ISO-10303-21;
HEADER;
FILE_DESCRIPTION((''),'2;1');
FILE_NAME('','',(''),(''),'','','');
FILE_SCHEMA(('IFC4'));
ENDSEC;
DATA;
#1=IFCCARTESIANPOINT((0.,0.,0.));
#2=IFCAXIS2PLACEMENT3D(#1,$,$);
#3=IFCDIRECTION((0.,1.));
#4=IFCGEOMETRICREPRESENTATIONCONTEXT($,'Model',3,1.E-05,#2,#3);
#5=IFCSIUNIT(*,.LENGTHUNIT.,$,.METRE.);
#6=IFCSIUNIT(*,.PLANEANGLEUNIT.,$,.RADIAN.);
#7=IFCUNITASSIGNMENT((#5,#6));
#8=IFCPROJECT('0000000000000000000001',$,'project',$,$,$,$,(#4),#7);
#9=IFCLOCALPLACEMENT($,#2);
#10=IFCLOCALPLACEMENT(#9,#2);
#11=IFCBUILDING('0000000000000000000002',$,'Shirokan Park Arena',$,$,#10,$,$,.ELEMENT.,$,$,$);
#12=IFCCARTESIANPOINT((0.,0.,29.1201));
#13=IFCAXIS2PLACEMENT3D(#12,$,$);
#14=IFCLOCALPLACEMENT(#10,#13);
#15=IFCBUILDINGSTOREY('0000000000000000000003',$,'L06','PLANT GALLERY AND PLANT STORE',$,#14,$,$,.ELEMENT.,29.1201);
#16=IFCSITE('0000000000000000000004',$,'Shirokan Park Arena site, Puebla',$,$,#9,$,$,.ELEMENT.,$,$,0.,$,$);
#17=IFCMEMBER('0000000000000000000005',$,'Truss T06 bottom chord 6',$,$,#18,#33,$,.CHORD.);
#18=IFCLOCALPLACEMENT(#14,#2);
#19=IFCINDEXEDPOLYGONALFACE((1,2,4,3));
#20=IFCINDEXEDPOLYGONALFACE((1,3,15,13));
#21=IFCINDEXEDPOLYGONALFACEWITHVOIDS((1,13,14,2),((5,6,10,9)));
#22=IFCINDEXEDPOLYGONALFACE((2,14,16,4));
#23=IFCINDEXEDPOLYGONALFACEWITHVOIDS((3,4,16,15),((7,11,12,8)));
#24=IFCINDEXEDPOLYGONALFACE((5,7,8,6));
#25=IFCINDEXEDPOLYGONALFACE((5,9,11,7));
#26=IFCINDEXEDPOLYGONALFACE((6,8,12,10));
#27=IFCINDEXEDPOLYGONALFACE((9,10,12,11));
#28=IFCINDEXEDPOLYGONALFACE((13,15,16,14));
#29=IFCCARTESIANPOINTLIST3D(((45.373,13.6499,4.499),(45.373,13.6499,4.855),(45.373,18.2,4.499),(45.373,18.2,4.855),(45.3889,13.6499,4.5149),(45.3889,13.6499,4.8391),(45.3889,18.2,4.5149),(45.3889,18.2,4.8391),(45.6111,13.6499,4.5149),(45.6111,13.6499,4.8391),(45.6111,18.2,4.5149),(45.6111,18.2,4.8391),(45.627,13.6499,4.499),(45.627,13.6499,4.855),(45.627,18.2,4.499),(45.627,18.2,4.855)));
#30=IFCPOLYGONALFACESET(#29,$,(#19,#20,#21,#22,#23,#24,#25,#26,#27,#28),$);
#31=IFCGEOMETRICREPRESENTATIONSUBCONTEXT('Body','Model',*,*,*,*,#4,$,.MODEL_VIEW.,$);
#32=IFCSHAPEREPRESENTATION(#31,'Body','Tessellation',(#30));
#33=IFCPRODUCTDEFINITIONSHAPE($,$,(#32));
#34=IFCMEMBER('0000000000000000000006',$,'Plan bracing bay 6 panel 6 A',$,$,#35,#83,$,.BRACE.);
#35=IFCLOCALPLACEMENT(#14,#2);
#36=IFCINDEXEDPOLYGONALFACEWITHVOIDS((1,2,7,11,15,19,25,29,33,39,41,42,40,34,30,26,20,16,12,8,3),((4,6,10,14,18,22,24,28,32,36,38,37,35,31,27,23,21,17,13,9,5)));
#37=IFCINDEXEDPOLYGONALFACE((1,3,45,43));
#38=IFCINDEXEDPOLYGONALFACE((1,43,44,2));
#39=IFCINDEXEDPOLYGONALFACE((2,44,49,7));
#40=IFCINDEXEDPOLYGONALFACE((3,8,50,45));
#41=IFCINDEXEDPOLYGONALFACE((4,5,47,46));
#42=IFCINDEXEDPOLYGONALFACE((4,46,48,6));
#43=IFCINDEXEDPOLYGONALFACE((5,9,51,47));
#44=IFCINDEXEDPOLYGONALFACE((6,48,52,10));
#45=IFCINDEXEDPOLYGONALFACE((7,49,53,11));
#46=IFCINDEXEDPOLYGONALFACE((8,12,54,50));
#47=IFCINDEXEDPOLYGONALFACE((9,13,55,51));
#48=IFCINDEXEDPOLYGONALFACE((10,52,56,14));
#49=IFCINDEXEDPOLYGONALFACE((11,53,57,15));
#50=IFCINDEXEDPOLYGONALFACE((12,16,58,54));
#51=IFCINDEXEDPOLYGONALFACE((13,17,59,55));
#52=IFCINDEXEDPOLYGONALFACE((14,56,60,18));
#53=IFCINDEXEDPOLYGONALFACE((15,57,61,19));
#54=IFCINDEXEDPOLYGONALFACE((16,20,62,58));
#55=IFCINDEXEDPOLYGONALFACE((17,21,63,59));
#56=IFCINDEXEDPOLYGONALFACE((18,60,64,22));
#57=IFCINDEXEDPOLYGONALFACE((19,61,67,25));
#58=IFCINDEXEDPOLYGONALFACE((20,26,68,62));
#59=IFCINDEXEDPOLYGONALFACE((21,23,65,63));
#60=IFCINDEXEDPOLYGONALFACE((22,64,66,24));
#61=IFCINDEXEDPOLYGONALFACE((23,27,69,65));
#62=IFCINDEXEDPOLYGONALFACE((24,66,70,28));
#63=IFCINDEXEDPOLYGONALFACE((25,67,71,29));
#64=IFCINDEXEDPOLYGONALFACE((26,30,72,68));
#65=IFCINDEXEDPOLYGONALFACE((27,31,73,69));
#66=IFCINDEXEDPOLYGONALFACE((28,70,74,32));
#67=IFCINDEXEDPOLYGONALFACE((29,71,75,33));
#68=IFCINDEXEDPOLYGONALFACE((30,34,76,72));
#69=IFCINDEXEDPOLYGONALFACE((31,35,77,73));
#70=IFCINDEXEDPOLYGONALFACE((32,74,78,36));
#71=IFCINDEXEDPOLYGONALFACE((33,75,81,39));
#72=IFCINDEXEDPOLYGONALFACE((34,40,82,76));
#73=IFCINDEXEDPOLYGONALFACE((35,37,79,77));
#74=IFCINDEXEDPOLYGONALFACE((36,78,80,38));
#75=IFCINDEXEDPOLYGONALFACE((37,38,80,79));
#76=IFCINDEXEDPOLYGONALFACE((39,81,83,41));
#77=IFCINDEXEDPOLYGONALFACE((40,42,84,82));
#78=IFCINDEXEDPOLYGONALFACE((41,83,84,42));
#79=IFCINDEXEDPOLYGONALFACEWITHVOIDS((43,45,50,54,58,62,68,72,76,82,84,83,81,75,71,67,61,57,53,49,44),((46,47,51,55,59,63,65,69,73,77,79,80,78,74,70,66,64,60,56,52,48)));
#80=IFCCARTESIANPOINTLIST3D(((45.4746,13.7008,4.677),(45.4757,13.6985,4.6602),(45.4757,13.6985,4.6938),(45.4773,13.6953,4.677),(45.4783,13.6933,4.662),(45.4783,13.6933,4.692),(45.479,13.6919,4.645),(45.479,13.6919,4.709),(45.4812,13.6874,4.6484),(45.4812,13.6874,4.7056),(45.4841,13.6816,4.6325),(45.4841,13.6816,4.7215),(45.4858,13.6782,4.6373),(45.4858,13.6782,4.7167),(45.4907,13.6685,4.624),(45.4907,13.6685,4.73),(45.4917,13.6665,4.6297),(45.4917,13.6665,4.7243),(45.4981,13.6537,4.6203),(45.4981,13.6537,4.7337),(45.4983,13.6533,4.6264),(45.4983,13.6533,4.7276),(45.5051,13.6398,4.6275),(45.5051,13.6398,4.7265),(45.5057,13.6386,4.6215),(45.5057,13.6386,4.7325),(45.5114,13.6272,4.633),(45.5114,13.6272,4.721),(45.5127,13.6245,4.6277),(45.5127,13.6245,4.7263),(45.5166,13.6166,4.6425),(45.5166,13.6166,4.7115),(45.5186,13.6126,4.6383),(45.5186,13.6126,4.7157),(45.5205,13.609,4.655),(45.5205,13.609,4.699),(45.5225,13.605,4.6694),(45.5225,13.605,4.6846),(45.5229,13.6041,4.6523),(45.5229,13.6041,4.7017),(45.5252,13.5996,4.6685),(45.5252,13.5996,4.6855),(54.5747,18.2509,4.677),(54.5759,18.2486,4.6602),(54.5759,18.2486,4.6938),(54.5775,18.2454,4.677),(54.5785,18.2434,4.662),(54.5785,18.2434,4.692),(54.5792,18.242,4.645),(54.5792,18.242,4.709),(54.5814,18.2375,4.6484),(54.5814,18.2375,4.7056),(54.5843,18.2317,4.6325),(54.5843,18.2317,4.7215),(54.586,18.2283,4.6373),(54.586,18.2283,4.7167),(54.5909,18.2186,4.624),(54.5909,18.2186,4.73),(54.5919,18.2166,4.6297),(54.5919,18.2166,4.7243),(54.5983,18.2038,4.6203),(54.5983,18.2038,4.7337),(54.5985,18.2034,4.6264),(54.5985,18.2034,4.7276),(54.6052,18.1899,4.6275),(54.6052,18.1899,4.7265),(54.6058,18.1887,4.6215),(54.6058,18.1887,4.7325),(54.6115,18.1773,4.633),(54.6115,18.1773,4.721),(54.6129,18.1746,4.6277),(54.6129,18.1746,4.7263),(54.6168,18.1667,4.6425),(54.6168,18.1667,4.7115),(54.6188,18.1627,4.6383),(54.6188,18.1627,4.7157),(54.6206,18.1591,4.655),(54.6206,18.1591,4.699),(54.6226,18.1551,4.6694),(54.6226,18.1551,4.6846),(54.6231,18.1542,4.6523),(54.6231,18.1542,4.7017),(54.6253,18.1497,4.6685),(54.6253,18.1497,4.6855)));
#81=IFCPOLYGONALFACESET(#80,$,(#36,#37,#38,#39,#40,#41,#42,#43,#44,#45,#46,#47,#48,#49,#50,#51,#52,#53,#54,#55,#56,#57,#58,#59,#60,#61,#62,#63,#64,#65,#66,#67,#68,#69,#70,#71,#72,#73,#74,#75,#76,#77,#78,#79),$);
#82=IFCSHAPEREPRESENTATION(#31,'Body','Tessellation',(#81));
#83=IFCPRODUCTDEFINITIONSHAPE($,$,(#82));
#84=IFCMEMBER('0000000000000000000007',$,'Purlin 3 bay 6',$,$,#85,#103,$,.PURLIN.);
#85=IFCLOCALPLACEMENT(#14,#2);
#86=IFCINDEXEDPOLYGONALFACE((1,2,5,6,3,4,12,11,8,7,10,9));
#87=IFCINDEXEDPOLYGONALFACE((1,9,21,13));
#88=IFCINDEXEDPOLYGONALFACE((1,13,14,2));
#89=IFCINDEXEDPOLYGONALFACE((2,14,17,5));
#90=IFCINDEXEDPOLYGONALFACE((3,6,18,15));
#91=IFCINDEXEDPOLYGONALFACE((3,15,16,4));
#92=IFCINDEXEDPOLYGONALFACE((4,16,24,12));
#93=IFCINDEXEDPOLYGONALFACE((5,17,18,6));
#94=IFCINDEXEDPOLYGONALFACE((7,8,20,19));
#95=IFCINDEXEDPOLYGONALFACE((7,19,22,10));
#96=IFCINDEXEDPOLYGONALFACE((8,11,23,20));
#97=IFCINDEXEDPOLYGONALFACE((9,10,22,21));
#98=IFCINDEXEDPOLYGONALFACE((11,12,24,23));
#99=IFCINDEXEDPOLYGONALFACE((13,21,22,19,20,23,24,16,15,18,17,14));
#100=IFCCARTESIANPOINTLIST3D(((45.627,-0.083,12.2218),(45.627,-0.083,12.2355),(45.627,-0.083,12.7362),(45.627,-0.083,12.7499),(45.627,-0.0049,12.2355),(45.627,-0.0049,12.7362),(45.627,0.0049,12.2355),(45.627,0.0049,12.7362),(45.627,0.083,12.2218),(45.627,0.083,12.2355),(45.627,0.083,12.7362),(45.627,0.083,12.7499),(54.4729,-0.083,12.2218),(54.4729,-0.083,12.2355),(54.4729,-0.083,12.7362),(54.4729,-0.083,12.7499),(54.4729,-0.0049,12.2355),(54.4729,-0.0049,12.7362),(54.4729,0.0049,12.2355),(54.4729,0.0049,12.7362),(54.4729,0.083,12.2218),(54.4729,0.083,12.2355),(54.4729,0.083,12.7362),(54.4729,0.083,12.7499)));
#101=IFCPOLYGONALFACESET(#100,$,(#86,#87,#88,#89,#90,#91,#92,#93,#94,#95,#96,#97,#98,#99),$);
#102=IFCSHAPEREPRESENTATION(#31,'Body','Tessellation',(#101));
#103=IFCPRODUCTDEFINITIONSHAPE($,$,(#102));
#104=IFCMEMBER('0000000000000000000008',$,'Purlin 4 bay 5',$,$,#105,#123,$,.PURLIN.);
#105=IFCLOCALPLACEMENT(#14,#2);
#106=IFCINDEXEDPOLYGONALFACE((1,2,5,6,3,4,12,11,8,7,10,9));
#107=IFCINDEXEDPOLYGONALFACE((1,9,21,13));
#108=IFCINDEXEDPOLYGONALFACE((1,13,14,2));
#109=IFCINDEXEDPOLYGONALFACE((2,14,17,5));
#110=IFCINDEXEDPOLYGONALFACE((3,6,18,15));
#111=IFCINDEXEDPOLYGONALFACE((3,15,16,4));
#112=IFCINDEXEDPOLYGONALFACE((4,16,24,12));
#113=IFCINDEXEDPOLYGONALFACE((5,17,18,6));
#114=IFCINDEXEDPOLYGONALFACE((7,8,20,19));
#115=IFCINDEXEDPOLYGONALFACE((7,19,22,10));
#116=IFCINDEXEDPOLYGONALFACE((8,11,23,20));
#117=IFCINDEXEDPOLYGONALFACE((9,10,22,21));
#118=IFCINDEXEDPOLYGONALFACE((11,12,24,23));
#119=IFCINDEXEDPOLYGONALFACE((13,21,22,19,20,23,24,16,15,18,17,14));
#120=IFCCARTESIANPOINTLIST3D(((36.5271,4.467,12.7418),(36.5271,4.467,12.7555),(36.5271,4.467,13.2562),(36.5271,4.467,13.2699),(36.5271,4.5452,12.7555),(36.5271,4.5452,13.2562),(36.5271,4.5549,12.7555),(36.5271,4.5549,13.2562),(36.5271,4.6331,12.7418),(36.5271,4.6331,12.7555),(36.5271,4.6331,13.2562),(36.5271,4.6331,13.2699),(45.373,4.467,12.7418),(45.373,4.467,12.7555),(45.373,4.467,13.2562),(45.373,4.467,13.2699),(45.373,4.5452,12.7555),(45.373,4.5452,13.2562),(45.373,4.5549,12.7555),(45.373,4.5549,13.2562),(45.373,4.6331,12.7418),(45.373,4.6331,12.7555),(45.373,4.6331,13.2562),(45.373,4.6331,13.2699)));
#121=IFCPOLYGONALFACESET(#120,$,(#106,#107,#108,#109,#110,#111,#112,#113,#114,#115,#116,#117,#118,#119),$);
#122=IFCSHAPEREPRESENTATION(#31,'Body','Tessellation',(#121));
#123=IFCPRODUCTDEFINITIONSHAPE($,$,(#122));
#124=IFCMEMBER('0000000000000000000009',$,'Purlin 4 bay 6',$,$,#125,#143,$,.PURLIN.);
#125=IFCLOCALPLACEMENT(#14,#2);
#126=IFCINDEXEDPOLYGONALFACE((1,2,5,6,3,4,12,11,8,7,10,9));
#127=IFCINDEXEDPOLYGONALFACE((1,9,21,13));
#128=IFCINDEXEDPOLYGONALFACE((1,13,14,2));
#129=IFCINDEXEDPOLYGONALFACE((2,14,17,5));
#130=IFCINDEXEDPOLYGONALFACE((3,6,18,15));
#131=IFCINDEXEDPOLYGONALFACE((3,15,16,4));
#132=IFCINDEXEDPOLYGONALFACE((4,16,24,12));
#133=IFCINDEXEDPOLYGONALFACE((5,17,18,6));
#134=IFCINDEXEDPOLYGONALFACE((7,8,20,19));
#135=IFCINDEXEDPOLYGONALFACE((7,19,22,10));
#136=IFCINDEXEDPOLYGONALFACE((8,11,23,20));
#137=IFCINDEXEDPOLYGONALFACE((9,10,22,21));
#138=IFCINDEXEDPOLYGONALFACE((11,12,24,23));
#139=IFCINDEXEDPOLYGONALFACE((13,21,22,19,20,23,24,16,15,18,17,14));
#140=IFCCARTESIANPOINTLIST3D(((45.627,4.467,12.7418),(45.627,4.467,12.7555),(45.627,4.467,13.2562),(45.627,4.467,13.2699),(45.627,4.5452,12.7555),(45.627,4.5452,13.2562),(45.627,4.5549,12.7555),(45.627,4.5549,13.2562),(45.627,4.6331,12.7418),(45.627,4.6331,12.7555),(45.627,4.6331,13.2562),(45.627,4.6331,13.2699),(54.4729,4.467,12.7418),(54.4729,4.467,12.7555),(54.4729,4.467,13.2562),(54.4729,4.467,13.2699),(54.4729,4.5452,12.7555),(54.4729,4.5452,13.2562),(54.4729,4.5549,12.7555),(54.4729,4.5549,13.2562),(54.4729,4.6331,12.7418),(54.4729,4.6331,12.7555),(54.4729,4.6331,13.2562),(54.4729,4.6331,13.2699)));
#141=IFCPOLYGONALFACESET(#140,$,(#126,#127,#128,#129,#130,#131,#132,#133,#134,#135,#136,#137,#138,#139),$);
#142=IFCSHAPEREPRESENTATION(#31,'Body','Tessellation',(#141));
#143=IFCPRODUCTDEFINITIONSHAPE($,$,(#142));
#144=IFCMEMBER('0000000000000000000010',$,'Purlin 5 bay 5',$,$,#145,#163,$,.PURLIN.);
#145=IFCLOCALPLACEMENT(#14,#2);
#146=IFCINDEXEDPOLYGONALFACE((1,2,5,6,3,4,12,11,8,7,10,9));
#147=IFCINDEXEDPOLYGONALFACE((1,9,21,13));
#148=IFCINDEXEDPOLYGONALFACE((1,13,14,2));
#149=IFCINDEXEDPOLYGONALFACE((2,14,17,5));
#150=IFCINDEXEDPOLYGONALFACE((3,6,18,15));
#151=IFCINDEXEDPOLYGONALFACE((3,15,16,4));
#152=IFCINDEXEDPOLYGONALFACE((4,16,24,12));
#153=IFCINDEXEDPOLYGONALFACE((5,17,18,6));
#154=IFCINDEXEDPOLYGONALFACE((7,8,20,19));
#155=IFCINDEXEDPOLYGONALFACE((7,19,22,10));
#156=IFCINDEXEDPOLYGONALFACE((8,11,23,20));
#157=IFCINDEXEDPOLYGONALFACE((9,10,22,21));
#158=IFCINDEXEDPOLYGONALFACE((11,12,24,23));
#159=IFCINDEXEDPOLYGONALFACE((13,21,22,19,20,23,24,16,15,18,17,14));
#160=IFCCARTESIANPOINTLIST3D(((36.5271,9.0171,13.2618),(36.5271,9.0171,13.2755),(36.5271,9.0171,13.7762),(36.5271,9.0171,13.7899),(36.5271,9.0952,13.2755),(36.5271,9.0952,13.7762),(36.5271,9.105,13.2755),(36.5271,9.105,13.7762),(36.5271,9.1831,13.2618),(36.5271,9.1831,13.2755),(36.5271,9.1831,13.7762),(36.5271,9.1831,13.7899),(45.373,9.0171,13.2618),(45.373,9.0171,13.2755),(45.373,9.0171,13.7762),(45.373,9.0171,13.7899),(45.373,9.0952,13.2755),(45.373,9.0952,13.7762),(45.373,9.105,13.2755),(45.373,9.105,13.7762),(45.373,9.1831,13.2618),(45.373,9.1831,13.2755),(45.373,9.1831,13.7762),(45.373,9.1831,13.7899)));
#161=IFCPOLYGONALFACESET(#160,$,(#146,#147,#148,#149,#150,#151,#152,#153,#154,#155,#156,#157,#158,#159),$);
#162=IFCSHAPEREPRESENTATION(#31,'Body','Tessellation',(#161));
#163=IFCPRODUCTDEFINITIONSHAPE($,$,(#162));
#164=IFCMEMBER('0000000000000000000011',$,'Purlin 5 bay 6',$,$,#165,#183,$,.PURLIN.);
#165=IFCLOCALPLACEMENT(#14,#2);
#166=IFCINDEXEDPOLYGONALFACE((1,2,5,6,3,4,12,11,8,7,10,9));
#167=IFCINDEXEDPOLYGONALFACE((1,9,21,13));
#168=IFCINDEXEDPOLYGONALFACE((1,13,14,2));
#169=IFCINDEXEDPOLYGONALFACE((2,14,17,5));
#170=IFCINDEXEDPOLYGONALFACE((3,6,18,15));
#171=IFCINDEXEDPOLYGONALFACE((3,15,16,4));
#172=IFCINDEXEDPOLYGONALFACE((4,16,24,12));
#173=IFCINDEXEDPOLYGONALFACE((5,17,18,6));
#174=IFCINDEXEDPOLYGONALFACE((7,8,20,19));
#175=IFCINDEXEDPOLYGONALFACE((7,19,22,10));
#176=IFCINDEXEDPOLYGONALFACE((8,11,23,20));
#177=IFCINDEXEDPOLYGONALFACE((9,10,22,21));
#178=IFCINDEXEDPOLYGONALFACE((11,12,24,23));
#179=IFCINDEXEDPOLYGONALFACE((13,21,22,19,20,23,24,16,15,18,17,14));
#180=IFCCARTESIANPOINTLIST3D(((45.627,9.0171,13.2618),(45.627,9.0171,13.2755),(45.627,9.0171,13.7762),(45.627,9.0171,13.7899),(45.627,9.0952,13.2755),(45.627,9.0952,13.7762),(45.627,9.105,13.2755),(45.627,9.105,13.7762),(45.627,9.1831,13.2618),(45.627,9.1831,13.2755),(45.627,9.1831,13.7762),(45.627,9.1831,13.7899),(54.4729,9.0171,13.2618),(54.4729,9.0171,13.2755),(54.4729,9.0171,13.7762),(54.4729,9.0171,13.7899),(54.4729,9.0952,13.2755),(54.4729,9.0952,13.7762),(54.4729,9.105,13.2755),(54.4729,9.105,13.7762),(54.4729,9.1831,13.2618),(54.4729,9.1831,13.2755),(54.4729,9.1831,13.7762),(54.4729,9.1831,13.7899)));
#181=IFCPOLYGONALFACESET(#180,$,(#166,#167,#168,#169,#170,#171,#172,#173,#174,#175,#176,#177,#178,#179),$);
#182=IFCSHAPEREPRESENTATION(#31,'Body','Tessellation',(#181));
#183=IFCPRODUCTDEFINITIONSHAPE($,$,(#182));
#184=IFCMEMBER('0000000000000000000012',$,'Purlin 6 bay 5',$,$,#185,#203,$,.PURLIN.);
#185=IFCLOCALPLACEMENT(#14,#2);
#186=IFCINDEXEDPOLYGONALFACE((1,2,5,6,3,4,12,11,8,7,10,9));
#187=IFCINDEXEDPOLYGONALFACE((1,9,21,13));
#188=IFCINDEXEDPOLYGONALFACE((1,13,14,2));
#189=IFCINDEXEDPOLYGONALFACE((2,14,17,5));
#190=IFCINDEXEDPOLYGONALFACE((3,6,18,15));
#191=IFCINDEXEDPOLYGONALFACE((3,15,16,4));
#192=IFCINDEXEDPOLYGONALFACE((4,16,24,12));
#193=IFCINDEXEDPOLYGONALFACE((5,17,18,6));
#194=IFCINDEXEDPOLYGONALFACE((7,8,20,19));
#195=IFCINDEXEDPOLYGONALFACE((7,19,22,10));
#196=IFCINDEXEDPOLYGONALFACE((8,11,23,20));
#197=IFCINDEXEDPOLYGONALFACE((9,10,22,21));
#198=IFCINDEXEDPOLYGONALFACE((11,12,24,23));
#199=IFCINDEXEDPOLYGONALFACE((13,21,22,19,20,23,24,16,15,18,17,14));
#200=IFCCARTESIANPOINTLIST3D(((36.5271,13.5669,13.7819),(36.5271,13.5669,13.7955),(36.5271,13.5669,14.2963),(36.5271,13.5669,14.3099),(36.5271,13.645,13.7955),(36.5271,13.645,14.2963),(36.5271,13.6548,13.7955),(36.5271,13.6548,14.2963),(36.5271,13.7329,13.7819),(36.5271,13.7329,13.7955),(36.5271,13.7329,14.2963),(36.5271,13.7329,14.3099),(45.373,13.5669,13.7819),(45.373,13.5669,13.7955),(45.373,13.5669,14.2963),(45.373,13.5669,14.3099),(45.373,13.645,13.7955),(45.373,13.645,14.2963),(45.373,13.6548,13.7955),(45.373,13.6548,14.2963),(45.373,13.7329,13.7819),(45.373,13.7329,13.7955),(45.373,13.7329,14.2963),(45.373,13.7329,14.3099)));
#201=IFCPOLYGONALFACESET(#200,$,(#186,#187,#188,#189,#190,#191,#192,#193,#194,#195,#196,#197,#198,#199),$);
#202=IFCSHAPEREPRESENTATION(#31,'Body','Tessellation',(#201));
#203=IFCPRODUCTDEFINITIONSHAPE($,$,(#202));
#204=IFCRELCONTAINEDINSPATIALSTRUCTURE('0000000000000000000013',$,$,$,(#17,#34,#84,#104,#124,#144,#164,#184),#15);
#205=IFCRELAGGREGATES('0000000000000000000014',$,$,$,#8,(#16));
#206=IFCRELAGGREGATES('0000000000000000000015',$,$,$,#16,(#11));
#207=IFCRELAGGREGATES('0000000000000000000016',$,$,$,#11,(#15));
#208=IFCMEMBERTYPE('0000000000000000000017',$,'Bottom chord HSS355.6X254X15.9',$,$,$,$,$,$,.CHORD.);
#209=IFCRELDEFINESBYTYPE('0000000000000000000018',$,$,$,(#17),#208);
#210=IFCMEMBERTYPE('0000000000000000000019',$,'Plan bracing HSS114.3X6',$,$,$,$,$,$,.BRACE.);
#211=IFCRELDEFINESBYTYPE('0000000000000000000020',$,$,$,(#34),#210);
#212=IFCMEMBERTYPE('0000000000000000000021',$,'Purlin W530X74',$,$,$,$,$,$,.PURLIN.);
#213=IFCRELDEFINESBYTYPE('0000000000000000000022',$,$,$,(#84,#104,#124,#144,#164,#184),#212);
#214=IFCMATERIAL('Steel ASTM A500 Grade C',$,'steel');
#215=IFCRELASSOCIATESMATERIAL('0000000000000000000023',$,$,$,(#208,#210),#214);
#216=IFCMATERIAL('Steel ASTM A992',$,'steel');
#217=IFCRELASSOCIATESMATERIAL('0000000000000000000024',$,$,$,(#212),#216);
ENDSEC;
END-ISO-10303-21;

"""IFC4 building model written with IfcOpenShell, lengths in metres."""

from ifc_helpers import new_model, si_unit, direction, frame, origin, origin_2d, place, context, subcontext, project, spatial, hollow_rectangle, hollow_circle, i_section, extrude, material, material_profile, profile_set, type_object, element, save


model = new_model("IFC4")

# Units and contexts
model_context = context("Model", 3, precision=1e-05, world=origin(), true_north=direction((0.0, 1.0)))
body_context = subcontext(model_context, "Body", "Model", "MODEL_VIEW")
ifc_project = project(units=[si_unit("LENGTHUNIT", "METRE"), si_unit("PLANEANGLEUNIT", "RADIAN")], contexts=[model_context])

# Site, building, storey
site_placement = place(None, origin())
site = spatial("IfcSite", under=ifc_project, at=site_placement, Name="Shirokan Park Arena site, Puebla", CompositionType="ELEMENT", RefElevation=0.0)
building_placement = place(site_placement, origin())
building = spatial("IfcBuilding", under=site, at=building_placement, Name="Shirokan Park Arena", CompositionType="ELEMENT")
storey_placement = place(building_placement, frame((0.0, 0.0, 29.1201)))
storey = spatial("IfcBuildingStorey", under=building, at=storey_placement, Name="L06", Description="PLANT GALLERY AND PLANT STORE", CompositionType="ELEMENT", Elevation=29.1201)

# Members
ifc_material_1 = material(Name="Steel ASTM A500 Grade C", Category="steel")
ifc_material_profile_1 = material_profile(ifc_material_1, hollow_rectangle(XDim=0.2539, YDim=0.356, WallThickness=0.0159, at=origin_2d()), Name="HSS355.6X254X15.9")
ifc_profile_set_1 = profile_set([ifc_material_profile_1], Name="Steel ASTM A500 Grade C")
member_type_1 = type_object("IfcMemberType", Name="Bottom chord HSS355.6X254X15.9", PredefinedType="CHORD", material=ifc_profile_set_1)
member_1_placement = place(storey_placement, frame((45.5, 13.6499, 4.677), z_axis=(0.0, 1.0, 0.0), x_axis=(-1.0, 0.0, 0.0)))
element("IfcMember", 1, at=member_1_placement, inside=storey, type_object=member_type_1, Name="Truss T06 bottom chord 6", PredefinedType="CHORD", context=body_context, shape_type="SweptSolid", body=[
    extrude(hollow_rectangle(XDim=0.2539, YDim=0.356, WallThickness=0.0159, at=origin_2d()), origin(), (0.0, 0.0, 1.0), 4.55),
])
ifc_material_profile_2 = material_profile(ifc_material_1, hollow_circle(Radius=0.0569, WallThickness=0.0061, at=origin_2d()), Name="HSS114.3X6")
ifc_profile_set_2 = profile_set([ifc_material_profile_2], Name="Steel ASTM A500 Grade C")
member_type_2 = type_object("IfcMemberType", Name="Plan bracing HSS114.3X6", PredefinedType="BRACE", material=ifc_profile_set_2)
member_2_placement = place(storey_placement, frame((45.5, 13.6499, 4.677), z_axis=(0.894427, 0.447214, 0.0), x_axis=(-0.447214, 0.894427, 0.0)))
element("IfcMember", 2, at=member_2_placement, inside=storey, type_object=member_type_2, Name="Plan bracing bay 6 panel 6 A", PredefinedType="BRACE", context=body_context, shape_type="SweptSolid", body=[
    extrude(hollow_circle(Radius=0.0569, WallThickness=0.0061, at=origin_2d()), origin(), (0.0, 0.0, 1.0), 10.1743),
])
ifc_material_2 = material(Name="Steel ASTM A992", Category="steel")
ifc_material_profile_3 = material_profile(ifc_material_2, i_section(OverallWidth=0.166, OverallDepth=0.5281, WebThickness=0.0098, FlangeThickness=0.0137, at=origin_2d()), Name="W530X74")
ifc_profile_set_3 = profile_set([ifc_material_profile_3], Name="Steel ASTM A992")
member_type_3 = type_object("IfcMemberType", Name="Purlin W530X74", PredefinedType="PURLIN", material=ifc_profile_set_3)
for number, where, z_axis, x_axis, name in (
    (3, (45.627, 0.0, 12.4858), (1.0, 0.0, 0.0), (0.0, 1.0, 0.0), "Purlin 3 bay 6"),
    (4, (36.5271, 4.55, 13.0059), (1.0, 0.0, 0.0), (0.0, 1.0, 0.0), "Purlin 4 bay 5"),
    (5, (45.627, 4.55, 13.0059), (1.0, 0.0, 0.0), (0.0, 1.0, 0.0), "Purlin 4 bay 6"),
    (6, (36.5271, 9.1001, 13.5259), (1.0, 0.0, 0.0), (0.0, 1.0, 0.0), "Purlin 5 bay 5"),
    (7, (45.627, 9.1001, 13.5259), (1.0, 0.0, 0.0), (0.0, 1.0, 0.0), "Purlin 5 bay 6"),
    (8, (36.5271, 13.6499, 14.0459), (1.0, 0.0, 0.0), (0.0, 1.0, 0.0), "Purlin 6 bay 5"),
):
    element("IfcMember", number, at=place(storey_placement, frame(where, z_axis=z_axis, x_axis=x_axis)), inside=storey, type_object=member_type_3, Name=name, PredefinedType="PURLIN", context=body_context, shape_type="SweptSolid", body=[
        extrude(i_section(OverallWidth=0.166, OverallDepth=0.5281, WebThickness=0.0098, FlangeThickness=0.0137, at=origin_2d()), origin(), (0.0, 0.0, 1.0), 8.8459),
    ])

save(model, "model.ifc")
